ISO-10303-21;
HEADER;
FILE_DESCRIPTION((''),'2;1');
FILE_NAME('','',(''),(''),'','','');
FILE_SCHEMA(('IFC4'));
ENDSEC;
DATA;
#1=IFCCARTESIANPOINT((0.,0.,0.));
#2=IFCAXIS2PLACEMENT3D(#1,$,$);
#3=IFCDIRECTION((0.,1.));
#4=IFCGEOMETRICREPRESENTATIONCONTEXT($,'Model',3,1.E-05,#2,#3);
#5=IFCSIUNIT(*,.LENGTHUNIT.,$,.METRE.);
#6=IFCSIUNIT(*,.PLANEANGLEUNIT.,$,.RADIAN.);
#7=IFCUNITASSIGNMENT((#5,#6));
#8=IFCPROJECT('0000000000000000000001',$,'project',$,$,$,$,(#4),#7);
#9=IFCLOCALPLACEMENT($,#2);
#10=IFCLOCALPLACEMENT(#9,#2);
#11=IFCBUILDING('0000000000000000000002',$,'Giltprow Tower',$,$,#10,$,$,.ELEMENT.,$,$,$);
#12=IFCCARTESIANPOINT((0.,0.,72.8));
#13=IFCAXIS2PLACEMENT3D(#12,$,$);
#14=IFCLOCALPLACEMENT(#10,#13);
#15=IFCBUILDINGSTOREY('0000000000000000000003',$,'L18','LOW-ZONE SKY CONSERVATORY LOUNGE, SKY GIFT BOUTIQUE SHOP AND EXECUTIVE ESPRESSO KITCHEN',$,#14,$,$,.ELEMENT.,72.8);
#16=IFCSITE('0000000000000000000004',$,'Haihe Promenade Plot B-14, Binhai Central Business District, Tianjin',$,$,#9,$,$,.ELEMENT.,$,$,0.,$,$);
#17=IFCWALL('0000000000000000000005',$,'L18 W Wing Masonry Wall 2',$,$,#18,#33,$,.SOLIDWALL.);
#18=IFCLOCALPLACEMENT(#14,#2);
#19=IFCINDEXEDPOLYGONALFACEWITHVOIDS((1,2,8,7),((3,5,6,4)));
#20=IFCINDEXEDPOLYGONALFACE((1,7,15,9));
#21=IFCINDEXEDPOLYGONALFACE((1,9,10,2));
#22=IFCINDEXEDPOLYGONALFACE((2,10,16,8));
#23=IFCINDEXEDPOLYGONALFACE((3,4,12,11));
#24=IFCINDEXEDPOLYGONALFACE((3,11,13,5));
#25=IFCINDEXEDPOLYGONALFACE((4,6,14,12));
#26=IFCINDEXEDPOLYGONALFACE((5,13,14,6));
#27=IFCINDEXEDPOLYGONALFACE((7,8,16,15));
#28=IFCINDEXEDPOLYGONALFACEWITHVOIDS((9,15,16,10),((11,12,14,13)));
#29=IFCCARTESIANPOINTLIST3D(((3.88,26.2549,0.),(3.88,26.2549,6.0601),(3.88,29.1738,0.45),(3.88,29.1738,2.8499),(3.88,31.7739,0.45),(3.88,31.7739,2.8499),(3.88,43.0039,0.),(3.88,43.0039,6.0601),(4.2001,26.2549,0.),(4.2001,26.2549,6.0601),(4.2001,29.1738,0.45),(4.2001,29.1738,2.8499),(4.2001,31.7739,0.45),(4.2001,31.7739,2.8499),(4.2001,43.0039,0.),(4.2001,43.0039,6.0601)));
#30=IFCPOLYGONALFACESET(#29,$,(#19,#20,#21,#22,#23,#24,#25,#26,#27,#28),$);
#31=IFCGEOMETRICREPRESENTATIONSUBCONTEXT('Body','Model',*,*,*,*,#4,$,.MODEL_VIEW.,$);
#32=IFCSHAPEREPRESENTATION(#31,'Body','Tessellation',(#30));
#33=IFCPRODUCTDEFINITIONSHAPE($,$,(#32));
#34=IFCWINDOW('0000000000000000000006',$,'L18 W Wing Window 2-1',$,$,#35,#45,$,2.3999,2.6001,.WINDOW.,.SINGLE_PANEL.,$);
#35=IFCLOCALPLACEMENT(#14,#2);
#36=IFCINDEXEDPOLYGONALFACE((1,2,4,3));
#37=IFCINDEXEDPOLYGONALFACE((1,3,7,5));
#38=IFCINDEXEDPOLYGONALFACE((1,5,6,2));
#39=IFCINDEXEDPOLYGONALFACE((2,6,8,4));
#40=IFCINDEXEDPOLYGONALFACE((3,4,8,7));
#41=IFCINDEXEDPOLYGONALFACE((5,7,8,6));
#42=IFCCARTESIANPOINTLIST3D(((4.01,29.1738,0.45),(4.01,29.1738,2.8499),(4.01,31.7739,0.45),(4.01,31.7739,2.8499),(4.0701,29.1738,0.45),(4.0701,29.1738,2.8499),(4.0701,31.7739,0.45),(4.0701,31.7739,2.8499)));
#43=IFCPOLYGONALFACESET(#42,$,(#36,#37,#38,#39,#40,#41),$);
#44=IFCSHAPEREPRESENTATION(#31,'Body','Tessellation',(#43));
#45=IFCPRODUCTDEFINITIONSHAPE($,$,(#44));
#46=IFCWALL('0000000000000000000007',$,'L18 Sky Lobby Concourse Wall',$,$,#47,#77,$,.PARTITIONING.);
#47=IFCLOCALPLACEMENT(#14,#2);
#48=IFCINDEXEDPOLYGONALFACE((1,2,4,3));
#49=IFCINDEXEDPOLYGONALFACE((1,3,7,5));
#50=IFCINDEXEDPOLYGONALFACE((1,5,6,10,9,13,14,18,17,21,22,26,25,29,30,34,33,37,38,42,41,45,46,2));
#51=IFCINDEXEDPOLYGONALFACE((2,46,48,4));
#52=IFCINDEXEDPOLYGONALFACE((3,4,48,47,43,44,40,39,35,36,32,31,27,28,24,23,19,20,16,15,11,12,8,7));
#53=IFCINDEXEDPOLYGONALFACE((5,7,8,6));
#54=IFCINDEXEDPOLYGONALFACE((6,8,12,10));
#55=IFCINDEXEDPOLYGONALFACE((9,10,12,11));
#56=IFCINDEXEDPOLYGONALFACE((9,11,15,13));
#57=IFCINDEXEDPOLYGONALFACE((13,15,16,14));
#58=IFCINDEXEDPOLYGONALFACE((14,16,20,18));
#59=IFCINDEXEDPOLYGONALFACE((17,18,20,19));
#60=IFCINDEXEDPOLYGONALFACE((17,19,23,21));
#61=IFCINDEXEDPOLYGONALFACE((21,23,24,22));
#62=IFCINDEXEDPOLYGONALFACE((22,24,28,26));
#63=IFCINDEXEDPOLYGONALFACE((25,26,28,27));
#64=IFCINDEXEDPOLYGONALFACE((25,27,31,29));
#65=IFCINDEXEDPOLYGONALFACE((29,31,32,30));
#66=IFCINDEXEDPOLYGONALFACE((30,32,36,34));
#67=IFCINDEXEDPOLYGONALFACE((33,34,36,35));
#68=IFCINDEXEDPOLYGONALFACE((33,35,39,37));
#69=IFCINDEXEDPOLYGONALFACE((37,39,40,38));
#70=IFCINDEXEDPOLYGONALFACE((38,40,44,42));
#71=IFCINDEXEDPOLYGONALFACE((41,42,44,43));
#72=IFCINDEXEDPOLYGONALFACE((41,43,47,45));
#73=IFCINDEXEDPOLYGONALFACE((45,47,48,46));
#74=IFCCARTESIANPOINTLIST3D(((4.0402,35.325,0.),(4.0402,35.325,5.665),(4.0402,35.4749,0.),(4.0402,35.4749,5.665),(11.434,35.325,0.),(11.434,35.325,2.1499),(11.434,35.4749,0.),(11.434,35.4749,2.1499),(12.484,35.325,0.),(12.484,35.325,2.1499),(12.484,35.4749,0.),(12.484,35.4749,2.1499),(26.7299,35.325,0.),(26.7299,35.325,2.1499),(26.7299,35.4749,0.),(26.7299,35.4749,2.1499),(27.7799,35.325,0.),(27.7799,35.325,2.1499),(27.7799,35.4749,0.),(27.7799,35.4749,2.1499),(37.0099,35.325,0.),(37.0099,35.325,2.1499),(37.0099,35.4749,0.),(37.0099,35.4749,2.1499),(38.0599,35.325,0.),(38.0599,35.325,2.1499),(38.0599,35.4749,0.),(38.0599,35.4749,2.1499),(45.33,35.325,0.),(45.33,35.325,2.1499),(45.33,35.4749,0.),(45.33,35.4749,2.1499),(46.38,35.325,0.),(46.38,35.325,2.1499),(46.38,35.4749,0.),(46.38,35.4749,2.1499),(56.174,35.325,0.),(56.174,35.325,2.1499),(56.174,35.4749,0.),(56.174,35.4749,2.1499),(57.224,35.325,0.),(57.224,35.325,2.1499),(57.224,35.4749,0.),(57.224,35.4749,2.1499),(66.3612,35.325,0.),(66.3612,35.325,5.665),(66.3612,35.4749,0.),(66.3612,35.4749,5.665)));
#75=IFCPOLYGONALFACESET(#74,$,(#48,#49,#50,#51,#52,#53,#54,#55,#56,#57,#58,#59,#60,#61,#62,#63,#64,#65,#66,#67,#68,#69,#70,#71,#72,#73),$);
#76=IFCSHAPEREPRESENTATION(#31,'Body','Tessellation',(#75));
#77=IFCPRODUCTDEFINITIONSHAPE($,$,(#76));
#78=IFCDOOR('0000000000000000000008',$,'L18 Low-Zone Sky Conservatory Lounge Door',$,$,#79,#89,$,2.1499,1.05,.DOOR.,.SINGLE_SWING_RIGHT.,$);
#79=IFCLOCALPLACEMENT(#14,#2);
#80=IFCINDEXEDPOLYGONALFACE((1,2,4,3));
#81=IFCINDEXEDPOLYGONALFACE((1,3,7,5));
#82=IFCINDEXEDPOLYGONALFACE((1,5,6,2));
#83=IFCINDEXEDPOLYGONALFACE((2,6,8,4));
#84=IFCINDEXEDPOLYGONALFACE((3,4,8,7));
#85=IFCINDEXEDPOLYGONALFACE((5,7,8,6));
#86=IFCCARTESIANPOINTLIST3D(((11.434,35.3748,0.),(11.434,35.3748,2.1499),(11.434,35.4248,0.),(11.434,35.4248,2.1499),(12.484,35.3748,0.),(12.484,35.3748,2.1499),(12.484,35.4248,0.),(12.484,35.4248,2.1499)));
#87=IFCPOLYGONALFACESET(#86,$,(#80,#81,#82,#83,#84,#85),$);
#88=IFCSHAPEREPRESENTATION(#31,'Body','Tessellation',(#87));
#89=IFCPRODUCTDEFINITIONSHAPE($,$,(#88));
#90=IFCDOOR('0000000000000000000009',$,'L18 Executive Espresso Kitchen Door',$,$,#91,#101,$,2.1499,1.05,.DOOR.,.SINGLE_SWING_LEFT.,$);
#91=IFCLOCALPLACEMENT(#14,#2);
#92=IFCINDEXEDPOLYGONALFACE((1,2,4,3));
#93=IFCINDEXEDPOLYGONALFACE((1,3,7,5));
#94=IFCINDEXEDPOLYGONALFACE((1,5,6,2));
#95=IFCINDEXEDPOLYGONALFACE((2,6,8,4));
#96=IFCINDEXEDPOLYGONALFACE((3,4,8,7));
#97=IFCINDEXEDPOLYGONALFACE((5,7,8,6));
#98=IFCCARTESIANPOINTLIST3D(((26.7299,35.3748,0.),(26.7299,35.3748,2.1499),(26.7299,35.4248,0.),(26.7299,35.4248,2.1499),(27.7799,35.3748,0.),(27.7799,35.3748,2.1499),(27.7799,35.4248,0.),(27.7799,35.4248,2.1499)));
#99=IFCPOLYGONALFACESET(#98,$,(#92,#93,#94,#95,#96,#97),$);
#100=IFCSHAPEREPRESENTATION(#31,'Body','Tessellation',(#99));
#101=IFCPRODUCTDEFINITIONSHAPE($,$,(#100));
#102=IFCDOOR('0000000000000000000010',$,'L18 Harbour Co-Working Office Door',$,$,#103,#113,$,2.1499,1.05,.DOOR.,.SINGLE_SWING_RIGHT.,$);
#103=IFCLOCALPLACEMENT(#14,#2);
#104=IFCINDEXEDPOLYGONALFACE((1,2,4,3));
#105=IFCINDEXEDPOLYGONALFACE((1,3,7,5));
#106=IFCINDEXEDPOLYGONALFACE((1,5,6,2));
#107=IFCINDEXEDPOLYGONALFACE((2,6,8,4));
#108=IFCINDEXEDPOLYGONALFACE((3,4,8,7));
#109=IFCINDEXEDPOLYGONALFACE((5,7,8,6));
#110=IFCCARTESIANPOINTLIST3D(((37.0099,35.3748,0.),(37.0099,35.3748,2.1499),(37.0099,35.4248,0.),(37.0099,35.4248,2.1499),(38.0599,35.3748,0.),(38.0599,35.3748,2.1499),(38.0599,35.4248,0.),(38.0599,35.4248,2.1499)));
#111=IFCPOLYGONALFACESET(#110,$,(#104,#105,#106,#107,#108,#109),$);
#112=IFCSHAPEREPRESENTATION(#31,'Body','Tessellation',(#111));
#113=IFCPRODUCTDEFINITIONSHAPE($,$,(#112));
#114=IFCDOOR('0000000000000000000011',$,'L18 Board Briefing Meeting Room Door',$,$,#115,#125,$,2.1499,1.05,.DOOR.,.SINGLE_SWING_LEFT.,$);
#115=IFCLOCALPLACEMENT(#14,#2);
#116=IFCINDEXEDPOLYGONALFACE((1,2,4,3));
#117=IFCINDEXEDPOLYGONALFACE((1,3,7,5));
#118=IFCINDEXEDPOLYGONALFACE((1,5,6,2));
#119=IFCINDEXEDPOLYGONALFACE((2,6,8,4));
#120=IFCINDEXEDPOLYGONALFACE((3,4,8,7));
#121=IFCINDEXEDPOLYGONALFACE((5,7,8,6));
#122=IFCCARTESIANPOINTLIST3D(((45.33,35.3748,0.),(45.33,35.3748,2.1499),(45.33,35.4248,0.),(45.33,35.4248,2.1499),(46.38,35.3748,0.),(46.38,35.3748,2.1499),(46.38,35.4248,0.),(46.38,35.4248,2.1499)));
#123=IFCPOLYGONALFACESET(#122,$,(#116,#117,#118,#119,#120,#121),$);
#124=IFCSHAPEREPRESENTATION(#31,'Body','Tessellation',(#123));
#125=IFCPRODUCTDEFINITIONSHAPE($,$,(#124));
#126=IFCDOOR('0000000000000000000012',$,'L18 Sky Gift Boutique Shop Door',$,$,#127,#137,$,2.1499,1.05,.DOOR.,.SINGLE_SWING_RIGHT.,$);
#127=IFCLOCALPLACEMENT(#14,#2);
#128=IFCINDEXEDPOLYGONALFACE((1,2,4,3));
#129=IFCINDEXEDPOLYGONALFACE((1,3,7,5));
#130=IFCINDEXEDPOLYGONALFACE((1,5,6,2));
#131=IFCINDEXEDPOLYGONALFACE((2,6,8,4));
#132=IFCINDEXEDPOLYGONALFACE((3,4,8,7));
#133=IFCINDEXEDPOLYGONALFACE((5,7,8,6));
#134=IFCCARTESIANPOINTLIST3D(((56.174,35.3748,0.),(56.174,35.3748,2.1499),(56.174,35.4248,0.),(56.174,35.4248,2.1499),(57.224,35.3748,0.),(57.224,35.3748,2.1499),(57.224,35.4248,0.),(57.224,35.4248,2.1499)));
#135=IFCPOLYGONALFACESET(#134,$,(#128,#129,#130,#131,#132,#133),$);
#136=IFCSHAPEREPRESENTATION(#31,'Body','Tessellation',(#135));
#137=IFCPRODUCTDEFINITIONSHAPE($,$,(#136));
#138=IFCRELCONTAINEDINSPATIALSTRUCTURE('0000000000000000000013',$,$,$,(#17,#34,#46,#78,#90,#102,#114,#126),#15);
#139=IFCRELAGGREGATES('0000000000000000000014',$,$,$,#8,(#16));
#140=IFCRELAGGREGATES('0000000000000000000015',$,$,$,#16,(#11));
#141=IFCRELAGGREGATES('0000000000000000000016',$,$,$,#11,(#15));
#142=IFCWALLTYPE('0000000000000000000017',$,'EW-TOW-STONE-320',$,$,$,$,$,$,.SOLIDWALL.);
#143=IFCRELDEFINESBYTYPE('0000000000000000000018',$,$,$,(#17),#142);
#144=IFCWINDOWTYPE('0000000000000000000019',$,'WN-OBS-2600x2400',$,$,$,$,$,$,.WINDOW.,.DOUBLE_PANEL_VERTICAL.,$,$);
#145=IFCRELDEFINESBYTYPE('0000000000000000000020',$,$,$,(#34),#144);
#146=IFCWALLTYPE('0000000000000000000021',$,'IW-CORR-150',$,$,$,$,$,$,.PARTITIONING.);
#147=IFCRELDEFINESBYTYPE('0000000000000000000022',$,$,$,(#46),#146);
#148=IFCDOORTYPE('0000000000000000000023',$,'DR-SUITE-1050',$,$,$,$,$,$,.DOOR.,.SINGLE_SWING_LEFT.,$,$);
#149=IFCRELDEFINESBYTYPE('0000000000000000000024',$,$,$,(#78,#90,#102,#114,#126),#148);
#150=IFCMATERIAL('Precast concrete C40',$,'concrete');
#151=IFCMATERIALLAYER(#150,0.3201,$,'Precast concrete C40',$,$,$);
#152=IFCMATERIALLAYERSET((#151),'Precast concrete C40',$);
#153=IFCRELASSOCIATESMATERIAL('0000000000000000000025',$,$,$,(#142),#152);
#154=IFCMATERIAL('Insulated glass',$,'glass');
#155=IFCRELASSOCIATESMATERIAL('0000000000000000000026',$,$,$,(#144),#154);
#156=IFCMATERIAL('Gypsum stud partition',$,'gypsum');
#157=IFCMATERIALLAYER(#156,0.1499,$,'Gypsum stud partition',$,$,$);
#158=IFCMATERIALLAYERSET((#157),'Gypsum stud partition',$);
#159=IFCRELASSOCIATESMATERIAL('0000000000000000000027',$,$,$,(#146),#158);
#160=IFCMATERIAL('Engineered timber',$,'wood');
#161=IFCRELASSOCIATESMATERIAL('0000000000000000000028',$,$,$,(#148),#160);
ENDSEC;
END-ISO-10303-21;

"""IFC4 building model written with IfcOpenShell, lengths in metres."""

from ifc_helpers import new_model, si_unit, direction, frame, frame_2d, origin, place, context, subcontext, project, spatial, rectangle, extrude, source, transform, mapped, material, layer, layer_set, type_object, element, fill, save


model = new_model("IFC4")

# Units and contexts
model_context = context("Model", 3, precision=1e-05, world=origin(), true_north=direction((0.0, 1.0)))
body_context = subcontext(model_context, "Body", "Model", "MODEL_VIEW")
ifc_project = project(units=[si_unit("LENGTHUNIT", "METRE"), si_unit("PLANEANGLEUNIT", "RADIAN")], contexts=[model_context])

# Site, building, storey
site_placement = place(None, origin())
site = spatial("IfcSite", under=ifc_project, at=site_placement, Name="Haihe Promenade Plot B-14, Binhai Central Business District, Tianjin", CompositionType="ELEMENT", RefElevation=0.0)
building_placement = place(site_placement, origin())
building = spatial("IfcBuilding", under=site, at=building_placement, Name="Giltprow Tower", CompositionType="ELEMENT")
storey_placement = place(building_placement, frame((0.0, 0.0, 72.8)))
storey = spatial("IfcBuildingStorey", under=building, at=storey_placement, Name="L18", Description="LOW-ZONE SKY CONSERVATORY LOUNGE, SKY GIFT BOUTIQUE SHOP AND EXECUTIVE ESPRESSO KITCHEN", CompositionType="ELEMENT", Elevation=72.8)

# Shared definitions
ifc_material_1 = material(Name="Insulated glass", Category="glass")

# Wall, opening, window
ifc_material_2 = material(Name="Precast concrete C40", Category="concrete")
ifc_layer_1 = layer(ifc_material_2, 0.3201, Name="Precast concrete C40")
ifc_layer_set_1 = layer_set([ifc_layer_1], Name="Precast concrete C40")
wall_type_1 = type_object("IfcWallType", Name="EW-TOW-STONE-320", PredefinedType="SOLIDWALL", material=ifc_layer_set_1)
wall_1_placement = place(storey_placement, frame((4.04, 26.2549, 0.0), z_axis=(0.0, 0.0, 1.0), x_axis=(0.0, 1.0, 0.0)))
wall_1 = element("IfcWall", 1, at=wall_1_placement, inside=storey, type_object=wall_type_1, Name="L18 W Wing Masonry Wall 2", PredefinedType="SOLIDWALL", context=body_context, shape_type="SweptSolid", body=[
    extrude(rectangle(XDim=16.749, YDim=0.3201, at=frame_2d((8.3745, 0.0))), origin(), (0.0, 0.0, 1.0), 6.0601),
])
opening_1_placement = place(wall_1_placement, frame((2.9189, 0.0, 0.45)))
opening_1 = element("IfcOpeningElement", 2, at=opening_1_placement, cuts=wall_1, PredefinedType="OPENING", context=body_context, shape_type="SweptSolid", body=[
    extrude(rectangle(XDim=2.6001, YDim=2.3999, at=frame_2d((1.3, 1.2))), frame((0.0, 0.1699, 0.0), z_axis=(0.0, -1.0, 0.0), x_axis=(1.0, 0.0, 0.0)), (0.0, 0.0, 1.0), 0.3401),
])
window_type = type_object("IfcWindowType", Name="WN-OBS-2600x2400", PartitioningType="DOUBLE_PANEL_VERTICAL", PredefinedType="WINDOW", material=ifc_material_1)
shared_shape_1 = source(origin(), body_context, "Body", "SweptSolid", [
    extrude(rectangle(XDim=2.6001, YDim=2.3999, at=frame_2d((1.3, 1.2))), frame((0.0, 0.03, 0.0), z_axis=(0.0, -1.0, 0.0), x_axis=(1.0, 0.0, 0.0)), (0.0, 0.0, 1.0), 0.0601),
])
window_placement = place(opening_1_placement, origin())
window = element("IfcWindow", 3, at=window_placement, inside=storey, type_object=window_type, Name="L18 W Wing Window 2-1", OverallHeight=2.3999, OverallWidth=2.6001, PartitioningType="SINGLE_PANEL", PredefinedType="WINDOW", context=body_context, shape_type="MappedRepresentation", body=[
    mapped(shared_shape_1, transform((0.0, 0.0, 0.0), x_axis=(1.0, 0.0, 0.0), y_axis=(0.0, 1.0, 0.0), z_axis=(0.0, 0.0, 1.0), scale=1.0)),
])
fill(opening_1, window)

# Wall, openings, doors
ifc_material_3 = material(Name="Gypsum stud partition", Category="gypsum")
ifc_layer_2 = layer(ifc_material_3, 0.1499, Name="Gypsum stud partition")
ifc_layer_set_2 = layer_set([ifc_layer_2], Name="Gypsum stud partition")
wall_type_2 = type_object("IfcWallType", Name="IW-CORR-150", PredefinedType="PARTITIONING", material=ifc_layer_set_2)
wall_2_placement = place(storey_placement, frame((4.04, 35.3999, 0.0), z_axis=(0.0, 0.0, 1.0), x_axis=(1.0, 0.0, 0.0)))
wall_2 = element("IfcWall", 4, at=wall_2_placement, inside=storey, type_object=wall_type_2, Name="L18 Sky Lobby Concourse Wall", PredefinedType="PARTITIONING", context=body_context, shape_type="SweptSolid", body=[
    extrude(rectangle(XDim=62.321, YDim=0.1499, at=frame_2d((31.1606, 0.0))), origin(), (0.0, 0.0, 1.0), 5.665),
])
opening_2_placement = place(wall_2_placement, frame((7.394, 0.0, 0.0)))
opening_2 = element("IfcOpeningElement", 5, at=opening_2_placement, cuts=wall_2, PredefinedType="OPENING", context=body_context, shape_type="SweptSolid", body=[
    extrude(rectangle(XDim=1.05, YDim=2.1499, at=frame_2d((0.5249, 1.075))), frame((0.0, 0.085, 0.0), z_axis=(0.0, -1.0, 0.0), x_axis=(1.0, 0.0, 0.0)), (0.0, 0.0, 1.0), 0.1699),
])
opening_3_placement = place(wall_2_placement, frame((22.6899, 0.0, 0.0)))
opening_3 = element("IfcOpeningElement", 6, at=opening_3_placement, cuts=wall_2, PredefinedType="OPENING", context=body_context, shape_type="SweptSolid", body=[
    extrude(rectangle(XDim=1.05, YDim=2.1499, at=frame_2d((0.5249, 1.075))), frame((0.0, 0.085, 0.0), z_axis=(0.0, -1.0, 0.0), x_axis=(1.0, 0.0, 0.0)), (0.0, 0.0, 1.0), 0.1699),
])
opening_4_placement = place(wall_2_placement, frame((32.97, 0.0, 0.0)))
opening_4 = element("IfcOpeningElement", 7, at=opening_4_placement, cuts=wall_2, PredefinedType="OPENING", context=body_context, shape_type="SweptSolid", body=[
    extrude(rectangle(XDim=1.05, YDim=2.1499, at=frame_2d((0.5249, 1.075))), frame((0.0, 0.085, 0.0), z_axis=(0.0, -1.0, 0.0), x_axis=(1.0, 0.0, 0.0)), (0.0, 0.0, 1.0), 0.1699),
])
opening_5_placement = place(wall_2_placement, frame((41.29, 0.0, 0.0)))
opening_5 = element("IfcOpeningElement", 8, at=opening_5_placement, cuts=wall_2, PredefinedType="OPENING", context=body_context, shape_type="SweptSolid", body=[
    extrude(rectangle(XDim=1.05, YDim=2.1499, at=frame_2d((0.5249, 1.075))), frame((0.0, 0.085, 0.0), z_axis=(0.0, -1.0, 0.0), x_axis=(1.0, 0.0, 0.0)), (0.0, 0.0, 1.0), 0.1699),
])
opening_6_placement = place(wall_2_placement, frame((52.134, 0.0, 0.0)))
opening_6 = element("IfcOpeningElement", 9, at=opening_6_placement, cuts=wall_2, PredefinedType="OPENING", context=body_context, shape_type="SweptSolid", body=[
    extrude(rectangle(XDim=1.05, YDim=2.1499, at=frame_2d((0.5249, 1.075))), frame((0.0, 0.085, 0.0), z_axis=(0.0, -1.0, 0.0), x_axis=(1.0, 0.0, 0.0)), (0.0, 0.0, 1.0), 0.1699),
])
ifc_material_4 = material(Name="Engineered timber", Category="wood")
door_type_1 = type_object("IfcDoorType", Name="DR-SUITE-1050", OperationType="SINGLE_SWING_LEFT", PredefinedType="DOOR", material=ifc_material_4)
shared_shape_2 = source(origin(), body_context, "Body", "SweptSolid", [
    extrude(rectangle(XDim=1.05, YDim=2.1499, at=frame_2d((0.5249, 1.075))), frame((0.0, 0.0249, 0.0), z_axis=(0.0, -1.0, 0.0), x_axis=(1.0, 0.0, 0.0)), (0.0, 0.0, 1.0), 0.05),
])
door_1_placement = place(opening_2_placement, origin())
door_1 = element("IfcDoor", 10, at=door_1_placement, inside=storey, type_object=door_type_1, Name="L18 Low-Zone Sky Conservatory Lounge Door", OperationType="SINGLE_SWING_RIGHT", OverallHeight=2.1499, OverallWidth=1.05, PredefinedType="DOOR", context=body_context, shape_type="MappedRepresentation", body=[
    mapped(shared_shape_2, transform((0.0, 0.0, 0.0), x_axis=(1.0, 0.0, 0.0), y_axis=(0.0, 1.0, 0.0), z_axis=(0.0, 0.0, 1.0), scale=1.0)),
])
fill(opening_2, door_1)
door_2_placement = place(opening_3_placement, origin())
door_2 = element("IfcDoor", 11, at=door_2_placement, inside=storey, type_object=door_type_1, Name="L18 Executive Espresso Kitchen Door", OperationType="SINGLE_SWING_LEFT", OverallHeight=2.1499, OverallWidth=1.05, PredefinedType="DOOR", context=body_context, shape_type="MappedRepresentation", body=[
    mapped(shared_shape_2, transform((0.0, 0.0, 0.0), x_axis=(1.0, 0.0, 0.0), y_axis=(0.0, 1.0, 0.0), z_axis=(0.0, 0.0, 1.0), scale=1.0)),
])
fill(opening_3, door_2)
door_3_placement = place(opening_4_placement, origin())
door_3 = element("IfcDoor", 12, at=door_3_placement, inside=storey, type_object=door_type_1, Name="L18 Harbour Co-Working Office Door", OperationType="SINGLE_SWING_RIGHT", OverallHeight=2.1499, OverallWidth=1.05, PredefinedType="DOOR", context=body_context, shape_type="MappedRepresentation", body=[
    mapped(shared_shape_2, transform((0.0, 0.0, 0.0), x_axis=(1.0, 0.0, 0.0), y_axis=(0.0, 1.0, 0.0), z_axis=(0.0, 0.0, 1.0), scale=1.0)),
])
fill(opening_4, door_3)
door_4_placement = place(opening_5_placement, origin())
door_4 = element("IfcDoor", 13, at=door_4_placement, inside=storey, type_object=door_type_1, Name="L18 Board Briefing Meeting Room Door", OperationType="SINGLE_SWING_LEFT", OverallHeight=2.1499, OverallWidth=1.05, PredefinedType="DOOR", context=body_context, shape_type="MappedRepresentation", body=[
    mapped(shared_shape_2, transform((0.0, 0.0, 0.0), x_axis=(1.0, 0.0, 0.0), y_axis=(0.0, 1.0, 0.0), z_axis=(0.0, 0.0, 1.0), scale=1.0)),
])
fill(opening_5, door_4)
door_5_placement = place(opening_6_placement, origin())
door_5 = element("IfcDoor", 14, at=door_5_placement, inside=storey, type_object=door_type_1, Name="L18 Sky Gift Boutique Shop Door", OperationType="SINGLE_SWING_RIGHT", OverallHeight=2.1499, OverallWidth=1.05, PredefinedType="DOOR", context=body_context, shape_type="MappedRepresentation", body=[
    mapped(shared_shape_2, transform((0.0, 0.0, 0.0), x_axis=(1.0, 0.0, 0.0), y_axis=(0.0, 1.0, 0.0), z_axis=(0.0, 0.0, 1.0), scale=1.0)),
])
fill(opening_6, door_5)

save(model, "model.ifc")
